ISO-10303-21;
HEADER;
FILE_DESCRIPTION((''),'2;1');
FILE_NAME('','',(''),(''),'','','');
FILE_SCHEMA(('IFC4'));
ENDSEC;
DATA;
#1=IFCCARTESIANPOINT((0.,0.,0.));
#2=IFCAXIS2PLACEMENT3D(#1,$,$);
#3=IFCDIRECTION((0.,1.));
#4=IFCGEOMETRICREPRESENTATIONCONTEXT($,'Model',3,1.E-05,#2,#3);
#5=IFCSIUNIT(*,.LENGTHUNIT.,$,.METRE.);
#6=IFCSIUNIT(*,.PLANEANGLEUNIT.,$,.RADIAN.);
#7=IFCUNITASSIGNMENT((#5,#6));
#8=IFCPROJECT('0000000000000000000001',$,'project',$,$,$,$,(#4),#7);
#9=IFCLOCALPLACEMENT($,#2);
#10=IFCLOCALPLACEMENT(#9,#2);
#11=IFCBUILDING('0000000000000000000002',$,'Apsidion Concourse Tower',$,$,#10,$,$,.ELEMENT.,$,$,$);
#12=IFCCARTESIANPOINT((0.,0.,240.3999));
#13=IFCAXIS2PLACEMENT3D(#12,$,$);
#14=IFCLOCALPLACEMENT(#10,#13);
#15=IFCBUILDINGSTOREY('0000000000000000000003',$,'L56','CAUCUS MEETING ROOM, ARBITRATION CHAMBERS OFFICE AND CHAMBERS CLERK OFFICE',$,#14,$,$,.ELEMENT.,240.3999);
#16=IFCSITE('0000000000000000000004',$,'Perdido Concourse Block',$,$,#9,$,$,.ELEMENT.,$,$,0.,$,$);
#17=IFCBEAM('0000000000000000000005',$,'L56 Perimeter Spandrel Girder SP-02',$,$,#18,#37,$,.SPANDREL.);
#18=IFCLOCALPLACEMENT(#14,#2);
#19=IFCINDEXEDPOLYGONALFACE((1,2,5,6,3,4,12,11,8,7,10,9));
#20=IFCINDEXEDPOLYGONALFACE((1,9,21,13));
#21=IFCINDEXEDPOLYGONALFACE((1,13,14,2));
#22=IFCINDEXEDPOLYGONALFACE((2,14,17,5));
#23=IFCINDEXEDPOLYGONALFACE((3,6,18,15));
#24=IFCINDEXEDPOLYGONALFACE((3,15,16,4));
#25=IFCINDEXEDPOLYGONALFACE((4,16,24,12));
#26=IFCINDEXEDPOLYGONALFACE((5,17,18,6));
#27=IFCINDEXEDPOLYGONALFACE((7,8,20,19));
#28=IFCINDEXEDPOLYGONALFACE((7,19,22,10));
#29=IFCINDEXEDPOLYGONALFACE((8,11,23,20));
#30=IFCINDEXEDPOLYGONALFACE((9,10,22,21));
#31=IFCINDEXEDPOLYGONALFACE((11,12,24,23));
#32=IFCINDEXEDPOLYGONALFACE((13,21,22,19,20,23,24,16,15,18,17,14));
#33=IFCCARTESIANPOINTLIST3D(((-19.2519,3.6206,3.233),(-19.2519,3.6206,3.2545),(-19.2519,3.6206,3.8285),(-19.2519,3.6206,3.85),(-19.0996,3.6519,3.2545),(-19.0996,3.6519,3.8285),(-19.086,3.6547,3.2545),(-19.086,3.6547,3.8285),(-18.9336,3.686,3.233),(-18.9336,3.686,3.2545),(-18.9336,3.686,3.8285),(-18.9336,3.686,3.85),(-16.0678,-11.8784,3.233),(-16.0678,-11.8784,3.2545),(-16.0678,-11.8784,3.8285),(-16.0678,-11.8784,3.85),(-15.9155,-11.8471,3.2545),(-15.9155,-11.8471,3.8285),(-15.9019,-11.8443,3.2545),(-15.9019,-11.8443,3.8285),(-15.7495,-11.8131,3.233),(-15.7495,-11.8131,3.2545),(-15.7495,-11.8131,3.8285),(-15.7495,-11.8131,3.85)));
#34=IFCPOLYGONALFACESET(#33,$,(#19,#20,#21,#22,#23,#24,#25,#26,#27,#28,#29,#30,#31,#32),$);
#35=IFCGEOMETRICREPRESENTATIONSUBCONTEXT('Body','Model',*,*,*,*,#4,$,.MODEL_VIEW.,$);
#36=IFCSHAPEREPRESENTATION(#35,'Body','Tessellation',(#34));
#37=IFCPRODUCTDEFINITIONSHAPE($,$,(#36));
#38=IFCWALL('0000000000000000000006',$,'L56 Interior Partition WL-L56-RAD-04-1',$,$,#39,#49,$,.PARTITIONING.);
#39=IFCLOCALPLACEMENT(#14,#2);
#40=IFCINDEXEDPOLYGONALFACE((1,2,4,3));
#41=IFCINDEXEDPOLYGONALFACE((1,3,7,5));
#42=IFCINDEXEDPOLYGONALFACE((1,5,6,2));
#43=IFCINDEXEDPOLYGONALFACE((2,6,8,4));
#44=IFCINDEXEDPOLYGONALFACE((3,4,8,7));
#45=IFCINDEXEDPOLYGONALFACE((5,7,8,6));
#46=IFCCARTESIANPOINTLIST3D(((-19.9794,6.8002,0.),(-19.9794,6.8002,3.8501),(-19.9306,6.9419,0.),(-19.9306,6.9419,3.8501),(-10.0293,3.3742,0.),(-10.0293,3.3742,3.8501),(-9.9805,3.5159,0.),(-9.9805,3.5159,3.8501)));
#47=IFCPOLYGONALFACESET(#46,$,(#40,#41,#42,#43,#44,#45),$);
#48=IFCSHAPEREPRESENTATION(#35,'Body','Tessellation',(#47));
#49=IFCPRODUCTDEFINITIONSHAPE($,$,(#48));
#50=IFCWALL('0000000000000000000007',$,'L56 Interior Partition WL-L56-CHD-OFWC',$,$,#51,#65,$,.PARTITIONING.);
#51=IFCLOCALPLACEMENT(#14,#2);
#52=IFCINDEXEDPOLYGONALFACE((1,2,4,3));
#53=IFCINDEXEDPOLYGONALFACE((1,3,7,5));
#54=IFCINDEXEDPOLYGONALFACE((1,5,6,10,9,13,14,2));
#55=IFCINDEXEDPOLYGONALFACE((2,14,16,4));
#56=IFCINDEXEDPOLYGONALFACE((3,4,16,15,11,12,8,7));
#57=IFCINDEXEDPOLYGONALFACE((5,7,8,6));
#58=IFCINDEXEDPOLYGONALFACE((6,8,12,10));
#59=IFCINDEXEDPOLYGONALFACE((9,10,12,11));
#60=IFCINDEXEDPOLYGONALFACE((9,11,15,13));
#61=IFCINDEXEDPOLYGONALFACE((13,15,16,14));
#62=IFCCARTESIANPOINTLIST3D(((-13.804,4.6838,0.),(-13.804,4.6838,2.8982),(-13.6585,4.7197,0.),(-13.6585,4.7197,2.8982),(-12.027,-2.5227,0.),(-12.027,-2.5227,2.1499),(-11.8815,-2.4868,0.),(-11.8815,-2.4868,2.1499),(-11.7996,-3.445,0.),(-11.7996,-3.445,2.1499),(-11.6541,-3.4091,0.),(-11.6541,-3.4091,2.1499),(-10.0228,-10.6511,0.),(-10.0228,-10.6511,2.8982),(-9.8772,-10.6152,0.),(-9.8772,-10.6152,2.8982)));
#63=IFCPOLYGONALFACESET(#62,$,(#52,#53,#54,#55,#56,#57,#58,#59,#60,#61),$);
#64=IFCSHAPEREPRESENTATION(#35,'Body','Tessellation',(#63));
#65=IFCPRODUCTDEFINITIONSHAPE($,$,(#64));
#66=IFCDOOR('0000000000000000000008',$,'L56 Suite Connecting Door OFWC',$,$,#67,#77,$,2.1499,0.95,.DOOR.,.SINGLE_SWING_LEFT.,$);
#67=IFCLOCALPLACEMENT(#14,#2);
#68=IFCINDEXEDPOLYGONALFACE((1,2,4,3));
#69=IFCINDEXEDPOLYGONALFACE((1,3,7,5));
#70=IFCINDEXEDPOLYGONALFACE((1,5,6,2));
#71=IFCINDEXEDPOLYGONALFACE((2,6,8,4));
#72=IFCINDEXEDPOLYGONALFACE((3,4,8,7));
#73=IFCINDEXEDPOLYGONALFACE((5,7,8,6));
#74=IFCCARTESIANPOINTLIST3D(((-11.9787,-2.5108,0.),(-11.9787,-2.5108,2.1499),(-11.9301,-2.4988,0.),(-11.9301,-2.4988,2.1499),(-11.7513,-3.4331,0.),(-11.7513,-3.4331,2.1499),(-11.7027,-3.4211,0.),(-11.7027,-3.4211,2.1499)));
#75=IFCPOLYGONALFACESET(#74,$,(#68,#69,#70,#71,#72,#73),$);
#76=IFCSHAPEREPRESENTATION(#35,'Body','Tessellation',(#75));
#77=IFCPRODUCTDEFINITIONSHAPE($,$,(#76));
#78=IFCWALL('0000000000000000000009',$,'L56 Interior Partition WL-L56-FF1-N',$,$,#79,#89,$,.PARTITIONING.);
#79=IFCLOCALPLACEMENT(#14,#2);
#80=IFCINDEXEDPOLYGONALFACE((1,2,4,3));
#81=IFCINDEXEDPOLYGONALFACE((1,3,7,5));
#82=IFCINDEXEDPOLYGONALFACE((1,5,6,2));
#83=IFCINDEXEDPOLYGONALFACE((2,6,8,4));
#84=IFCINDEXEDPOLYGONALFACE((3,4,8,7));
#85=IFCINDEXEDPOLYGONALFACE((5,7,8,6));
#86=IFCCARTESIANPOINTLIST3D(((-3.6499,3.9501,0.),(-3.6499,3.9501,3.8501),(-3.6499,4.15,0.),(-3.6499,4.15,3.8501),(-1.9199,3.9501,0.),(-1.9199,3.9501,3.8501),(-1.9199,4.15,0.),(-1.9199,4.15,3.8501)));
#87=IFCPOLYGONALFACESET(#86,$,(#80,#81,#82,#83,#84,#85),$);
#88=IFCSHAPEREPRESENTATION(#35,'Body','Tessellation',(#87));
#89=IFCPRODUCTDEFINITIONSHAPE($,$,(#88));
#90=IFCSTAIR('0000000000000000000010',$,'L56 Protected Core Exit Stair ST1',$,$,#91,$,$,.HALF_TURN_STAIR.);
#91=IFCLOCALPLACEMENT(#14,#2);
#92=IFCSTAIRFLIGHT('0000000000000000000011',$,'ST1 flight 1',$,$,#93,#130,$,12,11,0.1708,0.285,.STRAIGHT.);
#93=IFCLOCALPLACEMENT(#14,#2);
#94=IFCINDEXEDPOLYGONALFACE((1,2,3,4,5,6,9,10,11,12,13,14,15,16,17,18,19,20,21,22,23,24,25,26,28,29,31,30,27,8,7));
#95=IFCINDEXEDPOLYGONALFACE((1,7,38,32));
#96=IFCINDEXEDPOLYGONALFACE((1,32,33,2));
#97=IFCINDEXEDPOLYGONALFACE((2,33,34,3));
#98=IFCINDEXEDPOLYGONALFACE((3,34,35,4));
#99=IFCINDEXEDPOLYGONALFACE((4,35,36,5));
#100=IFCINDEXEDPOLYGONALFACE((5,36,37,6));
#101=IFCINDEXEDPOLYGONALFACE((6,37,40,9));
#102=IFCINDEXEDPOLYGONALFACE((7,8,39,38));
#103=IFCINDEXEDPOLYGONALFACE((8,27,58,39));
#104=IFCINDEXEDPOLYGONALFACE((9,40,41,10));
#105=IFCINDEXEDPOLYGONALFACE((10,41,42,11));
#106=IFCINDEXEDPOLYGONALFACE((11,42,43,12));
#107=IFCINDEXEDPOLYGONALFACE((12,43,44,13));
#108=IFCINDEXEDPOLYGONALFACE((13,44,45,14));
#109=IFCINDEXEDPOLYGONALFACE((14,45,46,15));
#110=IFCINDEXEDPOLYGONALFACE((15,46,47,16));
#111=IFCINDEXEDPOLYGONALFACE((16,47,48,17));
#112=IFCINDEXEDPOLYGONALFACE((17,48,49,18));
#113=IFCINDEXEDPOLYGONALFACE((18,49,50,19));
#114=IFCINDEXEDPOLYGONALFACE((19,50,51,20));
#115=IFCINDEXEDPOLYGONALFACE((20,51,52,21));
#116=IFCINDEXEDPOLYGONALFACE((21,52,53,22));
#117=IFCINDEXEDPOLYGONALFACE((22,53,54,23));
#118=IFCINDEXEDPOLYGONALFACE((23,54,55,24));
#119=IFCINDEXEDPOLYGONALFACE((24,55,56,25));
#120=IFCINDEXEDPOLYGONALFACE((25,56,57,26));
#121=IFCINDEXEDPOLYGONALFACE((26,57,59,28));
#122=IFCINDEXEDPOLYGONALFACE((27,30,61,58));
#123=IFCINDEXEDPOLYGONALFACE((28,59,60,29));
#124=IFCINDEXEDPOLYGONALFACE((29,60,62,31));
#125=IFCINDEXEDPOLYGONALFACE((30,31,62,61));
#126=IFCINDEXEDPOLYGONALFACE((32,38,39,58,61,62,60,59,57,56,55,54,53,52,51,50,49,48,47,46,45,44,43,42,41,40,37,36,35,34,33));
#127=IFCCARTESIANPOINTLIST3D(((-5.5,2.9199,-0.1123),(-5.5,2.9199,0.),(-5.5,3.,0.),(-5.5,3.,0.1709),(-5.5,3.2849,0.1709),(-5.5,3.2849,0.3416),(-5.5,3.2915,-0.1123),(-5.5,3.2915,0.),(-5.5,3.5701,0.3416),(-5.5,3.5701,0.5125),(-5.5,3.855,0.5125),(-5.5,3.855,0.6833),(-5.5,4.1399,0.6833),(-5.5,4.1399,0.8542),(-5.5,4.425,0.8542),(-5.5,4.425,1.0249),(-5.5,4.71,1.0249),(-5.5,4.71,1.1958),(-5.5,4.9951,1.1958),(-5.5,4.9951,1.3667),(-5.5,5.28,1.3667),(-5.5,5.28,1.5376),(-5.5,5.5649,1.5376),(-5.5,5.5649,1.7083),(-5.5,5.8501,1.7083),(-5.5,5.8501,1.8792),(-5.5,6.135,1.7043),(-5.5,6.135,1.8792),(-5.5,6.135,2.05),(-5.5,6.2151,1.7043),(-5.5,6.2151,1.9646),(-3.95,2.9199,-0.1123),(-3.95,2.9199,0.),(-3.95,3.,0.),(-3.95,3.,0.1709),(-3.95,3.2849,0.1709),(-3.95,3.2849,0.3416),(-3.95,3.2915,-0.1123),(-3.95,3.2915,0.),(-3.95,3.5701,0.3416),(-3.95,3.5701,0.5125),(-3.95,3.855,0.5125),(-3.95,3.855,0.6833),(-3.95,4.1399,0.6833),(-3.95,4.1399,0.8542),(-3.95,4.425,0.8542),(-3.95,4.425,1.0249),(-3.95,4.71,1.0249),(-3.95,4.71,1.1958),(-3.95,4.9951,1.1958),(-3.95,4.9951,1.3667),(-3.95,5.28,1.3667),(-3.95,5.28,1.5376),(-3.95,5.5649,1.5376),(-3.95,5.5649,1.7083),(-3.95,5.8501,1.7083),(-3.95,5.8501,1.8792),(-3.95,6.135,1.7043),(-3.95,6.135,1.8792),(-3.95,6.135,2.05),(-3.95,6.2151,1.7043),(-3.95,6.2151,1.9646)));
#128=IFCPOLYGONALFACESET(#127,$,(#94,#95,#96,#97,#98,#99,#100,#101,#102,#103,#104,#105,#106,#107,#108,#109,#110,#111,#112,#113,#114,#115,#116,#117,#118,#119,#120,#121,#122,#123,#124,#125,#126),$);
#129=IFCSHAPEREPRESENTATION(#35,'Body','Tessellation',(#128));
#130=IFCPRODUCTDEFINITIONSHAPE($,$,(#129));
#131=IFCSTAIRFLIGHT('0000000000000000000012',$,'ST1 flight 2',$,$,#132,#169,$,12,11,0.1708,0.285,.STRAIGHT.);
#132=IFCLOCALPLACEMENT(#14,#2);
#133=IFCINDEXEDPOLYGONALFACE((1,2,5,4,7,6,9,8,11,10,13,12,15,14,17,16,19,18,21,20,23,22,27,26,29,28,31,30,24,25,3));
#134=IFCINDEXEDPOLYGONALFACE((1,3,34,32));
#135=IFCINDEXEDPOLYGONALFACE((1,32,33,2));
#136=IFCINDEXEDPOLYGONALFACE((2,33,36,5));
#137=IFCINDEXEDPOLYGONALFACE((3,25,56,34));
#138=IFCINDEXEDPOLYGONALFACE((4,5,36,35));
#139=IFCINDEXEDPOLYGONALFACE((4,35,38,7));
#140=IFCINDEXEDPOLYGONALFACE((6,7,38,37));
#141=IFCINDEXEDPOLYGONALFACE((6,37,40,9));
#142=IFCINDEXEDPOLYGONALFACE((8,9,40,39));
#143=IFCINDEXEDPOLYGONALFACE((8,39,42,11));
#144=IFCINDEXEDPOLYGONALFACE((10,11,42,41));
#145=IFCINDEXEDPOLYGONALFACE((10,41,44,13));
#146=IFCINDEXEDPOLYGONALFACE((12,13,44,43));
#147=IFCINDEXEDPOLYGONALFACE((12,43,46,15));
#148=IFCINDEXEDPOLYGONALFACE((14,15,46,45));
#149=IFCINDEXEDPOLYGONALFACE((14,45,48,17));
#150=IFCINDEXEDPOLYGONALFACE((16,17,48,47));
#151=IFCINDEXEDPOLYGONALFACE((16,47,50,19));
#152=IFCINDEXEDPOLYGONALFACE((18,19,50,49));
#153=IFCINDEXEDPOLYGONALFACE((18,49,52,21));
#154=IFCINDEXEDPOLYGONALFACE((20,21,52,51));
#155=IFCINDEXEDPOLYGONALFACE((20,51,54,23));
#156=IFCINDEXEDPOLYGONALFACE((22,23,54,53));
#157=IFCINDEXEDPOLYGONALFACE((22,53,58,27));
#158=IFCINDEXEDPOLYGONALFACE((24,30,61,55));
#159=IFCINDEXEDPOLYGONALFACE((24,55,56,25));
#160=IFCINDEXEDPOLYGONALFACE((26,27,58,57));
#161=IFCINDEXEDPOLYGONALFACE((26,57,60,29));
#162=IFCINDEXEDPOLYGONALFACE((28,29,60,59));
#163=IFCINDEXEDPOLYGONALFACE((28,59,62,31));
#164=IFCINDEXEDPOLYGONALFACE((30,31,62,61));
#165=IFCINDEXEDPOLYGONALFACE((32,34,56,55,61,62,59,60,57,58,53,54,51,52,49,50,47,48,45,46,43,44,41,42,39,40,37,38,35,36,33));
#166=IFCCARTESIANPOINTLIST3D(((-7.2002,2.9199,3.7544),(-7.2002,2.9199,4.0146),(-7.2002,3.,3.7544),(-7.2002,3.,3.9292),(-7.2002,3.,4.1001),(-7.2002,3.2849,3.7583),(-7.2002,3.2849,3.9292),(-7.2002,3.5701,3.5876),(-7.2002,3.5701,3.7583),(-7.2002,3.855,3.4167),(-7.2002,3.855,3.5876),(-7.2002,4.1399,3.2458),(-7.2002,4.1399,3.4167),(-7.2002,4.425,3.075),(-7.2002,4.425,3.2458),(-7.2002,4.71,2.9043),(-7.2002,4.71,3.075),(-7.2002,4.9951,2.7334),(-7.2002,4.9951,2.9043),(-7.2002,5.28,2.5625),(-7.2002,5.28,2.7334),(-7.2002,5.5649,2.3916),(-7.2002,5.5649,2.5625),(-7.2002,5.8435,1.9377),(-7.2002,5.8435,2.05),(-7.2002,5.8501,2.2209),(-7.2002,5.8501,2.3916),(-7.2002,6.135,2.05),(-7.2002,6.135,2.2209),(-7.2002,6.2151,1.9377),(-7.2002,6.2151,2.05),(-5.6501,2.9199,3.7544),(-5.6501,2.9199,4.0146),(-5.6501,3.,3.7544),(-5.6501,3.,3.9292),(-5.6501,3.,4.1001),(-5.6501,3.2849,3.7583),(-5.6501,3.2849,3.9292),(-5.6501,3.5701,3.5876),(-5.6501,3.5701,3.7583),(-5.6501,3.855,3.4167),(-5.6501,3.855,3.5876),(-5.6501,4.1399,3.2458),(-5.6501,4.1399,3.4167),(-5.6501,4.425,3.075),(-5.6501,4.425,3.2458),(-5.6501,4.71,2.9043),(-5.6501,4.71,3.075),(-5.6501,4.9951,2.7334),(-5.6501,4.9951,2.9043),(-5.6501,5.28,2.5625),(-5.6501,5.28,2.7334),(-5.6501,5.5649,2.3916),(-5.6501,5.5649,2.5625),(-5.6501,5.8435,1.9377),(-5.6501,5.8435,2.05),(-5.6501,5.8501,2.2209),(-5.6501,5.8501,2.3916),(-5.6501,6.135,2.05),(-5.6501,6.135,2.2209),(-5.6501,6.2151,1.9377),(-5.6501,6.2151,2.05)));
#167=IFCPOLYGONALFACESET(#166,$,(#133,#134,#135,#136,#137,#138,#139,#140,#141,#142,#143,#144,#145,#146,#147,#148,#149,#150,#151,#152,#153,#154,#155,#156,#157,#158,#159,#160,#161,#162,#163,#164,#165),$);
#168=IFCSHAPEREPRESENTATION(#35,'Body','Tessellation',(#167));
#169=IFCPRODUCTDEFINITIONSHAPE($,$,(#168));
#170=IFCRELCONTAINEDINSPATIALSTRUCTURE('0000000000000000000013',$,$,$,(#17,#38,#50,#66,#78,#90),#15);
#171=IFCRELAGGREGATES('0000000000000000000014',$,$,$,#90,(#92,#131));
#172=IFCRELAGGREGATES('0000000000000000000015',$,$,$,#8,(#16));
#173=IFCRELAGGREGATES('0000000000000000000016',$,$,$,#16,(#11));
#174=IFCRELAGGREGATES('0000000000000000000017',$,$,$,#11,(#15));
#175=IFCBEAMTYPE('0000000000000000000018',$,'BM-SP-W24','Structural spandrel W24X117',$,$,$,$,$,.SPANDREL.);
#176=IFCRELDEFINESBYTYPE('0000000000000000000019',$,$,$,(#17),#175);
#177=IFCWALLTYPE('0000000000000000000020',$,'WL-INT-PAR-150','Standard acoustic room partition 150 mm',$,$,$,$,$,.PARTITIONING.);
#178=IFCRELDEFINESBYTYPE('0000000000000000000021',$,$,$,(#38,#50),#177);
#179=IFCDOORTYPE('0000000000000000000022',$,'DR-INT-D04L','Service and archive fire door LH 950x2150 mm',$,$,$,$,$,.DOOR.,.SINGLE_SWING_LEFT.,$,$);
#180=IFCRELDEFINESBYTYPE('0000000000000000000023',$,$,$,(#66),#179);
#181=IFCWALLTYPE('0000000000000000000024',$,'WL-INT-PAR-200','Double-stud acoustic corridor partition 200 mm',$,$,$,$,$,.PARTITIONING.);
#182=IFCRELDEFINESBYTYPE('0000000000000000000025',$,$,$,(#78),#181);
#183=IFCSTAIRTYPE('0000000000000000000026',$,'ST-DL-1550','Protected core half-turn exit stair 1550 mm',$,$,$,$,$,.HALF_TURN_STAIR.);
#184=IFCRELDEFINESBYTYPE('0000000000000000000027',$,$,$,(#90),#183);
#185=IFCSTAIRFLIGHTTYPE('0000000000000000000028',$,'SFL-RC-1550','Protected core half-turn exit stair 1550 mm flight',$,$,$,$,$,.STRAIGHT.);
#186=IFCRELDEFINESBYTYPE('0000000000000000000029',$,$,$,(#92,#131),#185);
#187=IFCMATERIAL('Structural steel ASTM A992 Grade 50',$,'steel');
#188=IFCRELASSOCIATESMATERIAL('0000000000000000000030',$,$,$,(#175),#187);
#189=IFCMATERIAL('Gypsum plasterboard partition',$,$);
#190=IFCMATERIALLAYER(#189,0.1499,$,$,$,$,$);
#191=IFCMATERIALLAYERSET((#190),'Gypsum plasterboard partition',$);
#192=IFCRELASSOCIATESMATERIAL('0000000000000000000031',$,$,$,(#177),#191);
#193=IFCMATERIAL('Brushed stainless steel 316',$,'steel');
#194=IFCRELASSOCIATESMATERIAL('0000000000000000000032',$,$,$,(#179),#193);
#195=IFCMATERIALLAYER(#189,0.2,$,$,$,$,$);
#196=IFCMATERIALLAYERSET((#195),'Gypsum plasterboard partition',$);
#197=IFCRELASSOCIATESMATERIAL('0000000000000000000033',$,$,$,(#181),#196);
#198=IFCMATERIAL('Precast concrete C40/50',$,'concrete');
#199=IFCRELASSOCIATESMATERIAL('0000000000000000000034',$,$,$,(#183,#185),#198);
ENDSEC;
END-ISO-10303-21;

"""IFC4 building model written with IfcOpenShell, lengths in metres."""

from ifc_helpers import new_model, si_unit, direction, frame, frame_2d, origin, origin_2d, place, context, subcontext, project, spatial, polyline, rectangle, i_section, outline, extrude, material, layer, layer_set, material_profile, profile_set, type_object, element, fill, aggregate, save


model = new_model("IFC4")

# Units and contexts
model_context = context("Model", 3, precision=1e-05, world=origin(), true_north=direction((0.0, 1.0)))
body_context = subcontext(model_context, "Body", "Model", "MODEL_VIEW")
ifc_project = project(units=[si_unit("LENGTHUNIT", "METRE"), si_unit("PLANEANGLEUNIT", "RADIAN")], contexts=[model_context])

# Site, building, storey
site_placement = place(None, origin())
site = spatial("IfcSite", under=ifc_project, at=site_placement, Name="Perdido Concourse Block", CompositionType="ELEMENT", RefElevation=0.0)
building_placement = place(site_placement, origin())
building = spatial("IfcBuilding", under=site, at=building_placement, Name="Apsidion Concourse Tower", CompositionType="ELEMENT")
storey_placement = place(building_placement, frame((0.0, 0.0, 240.3999)))
storey = spatial("IfcBuildingStorey", under=building, at=storey_placement, Name="L56", Description="CAUCUS MEETING ROOM, ARBITRATION CHAMBERS OFFICE AND CHAMBERS CLERK OFFICE", CompositionType="ELEMENT", Elevation=240.3999)

# Shared definitions
ifc_material_1 = material(Name="Structural steel ASTM A992 Grade 50", Category="steel")

# Beam
ifc_material_profile_1 = material_profile(ifc_material_1, i_section(OverallWidth=0.325, OverallDepth=0.6169, WebThickness=0.0139, FlangeThickness=0.0215, at=origin_2d()), Name="W24X117")
ifc_profile_set_1 = profile_set([ifc_material_profile_1], Name="Structural steel ASTM A992 Grade 50")
beam_type_1 = type_object("IfcBeamType", Name="BM-SP-W24", Description="Structural spandrel W24X117", PredefinedType="SPANDREL", material=ifc_profile_set_1)
beam_1_placement = place(storey_placement, frame((-19.0928, 3.6533, 3.5415), z_axis=(0.201235, -0.979543, 0.0), x_axis=(0.979543, 0.201235, 0.0)))
element("IfcBeam", 1, at=beam_1_placement, inside=storey, type_object=beam_type_1, Name="L56 Perimeter Spandrel Girder SP-02", PredefinedType="SPANDREL", context=body_context, shape_type="SweptSolid", body=[
    extrude(i_section(OverallWidth=0.325, OverallDepth=0.6169, WebThickness=0.0139, FlangeThickness=0.0215, at=origin_2d()), origin(), (0.0, 0.0, 1.0), 15.8228),
])

# Wall
ifc_material_2 = material(Name="Gypsum plasterboard partition")
ifc_layer_1 = layer(ifc_material_2, 0.1499)
ifc_layer_set_1 = layer_set([ifc_layer_1], Name="Gypsum plasterboard partition")
wall_type_1 = type_object("IfcWallType", Name="WL-INT-PAR-150", Description="Standard acoustic room partition 150 mm", PredefinedType="PARTITIONING", material=ifc_layer_set_1)
wall_1_placement = place(storey_placement, frame((-10.0049, 3.4451, 0.0), z_axis=(0.0, 0.0, 1.0), x_axis=(-0.945522, 0.32556, 0.0)))
element("IfcWall", 2, at=wall_1_placement, inside=storey, type_object=wall_type_1, Name="L56 Interior Partition WL-L56-RAD-04-1", PredefinedType="PARTITIONING", context=body_context, shape_type="SweptSolid", body=[
    extrude(rectangle(XDim=10.5234, YDim=0.1499, at=frame_2d((5.2617, 0.0))), origin(), (0.0, 0.0, 1.0), 3.8501),
])

# Wall, opening, door
wall_2_placement = place(storey_placement, frame((-13.7312, 4.7017, 0.0), z_axis=(0.0, 0.0, 1.0), x_axis=(0.239406, -0.970919, 0.0)))
wall_2 = element("IfcWall", 3, at=wall_2_placement, inside=storey, type_object=wall_type_1, Name="L56 Interior Partition WL-L56-CHD-OFWC", PredefinedType="PARTITIONING", context=body_context, shape_type="SweptSolid", body=[
    extrude(rectangle(XDim=15.7942, YDim=0.1499, at=frame_2d((7.897, 0.0))), origin(), (0.0, 0.0, 1.0), 2.8982),
])
opening_placement = place(wall_2_placement, frame((7.4221, 0.0, 0.0)))
opening = element("IfcOpeningElement", 4, at=opening_placement, cuts=wall_2, PredefinedType="OPENING", context=body_context, shape_type="SweptSolid", body=[
    extrude(rectangle(XDim=0.95, YDim=2.1499, at=frame_2d((0.4751, 1.075))), frame((0.0, 0.085, 0.0), z_axis=(0.0, -1.0, 0.0), x_axis=(1.0, 0.0, 0.0)), (0.0, 0.0, 1.0), 0.1699),
])
ifc_material_3 = material(Name="Brushed stainless steel 316", Category="steel")
door_type = type_object("IfcDoorType", Name="DR-INT-D04L", Description="Service and archive fire door LH 950x2150 mm", OperationType="SINGLE_SWING_LEFT", PredefinedType="DOOR", material=ifc_material_3)
door_placement = place(opening_placement, origin())
door = element("IfcDoor", 5, at=door_placement, inside=storey, type_object=door_type, Name="L56 Suite Connecting Door OFWC", OperationType="SINGLE_SWING_LEFT", OverallHeight=2.1499, OverallWidth=0.95, PredefinedType="DOOR", context=body_context, shape_type="SweptSolid", body=[
    extrude(rectangle(XDim=0.95, YDim=2.1499, at=frame_2d((0.4751, 1.075))), frame((0.0, 0.0249, 0.0), z_axis=(0.0, -1.0, 0.0), x_axis=(1.0, 0.0, 0.0)), (0.0, 0.0, 1.0), 0.05),
])
fill(opening, door)

# Wall
ifc_layer_2 = layer(ifc_material_2, 0.2)
ifc_layer_set_2 = layer_set([ifc_layer_2], Name="Gypsum plasterboard partition")
wall_type_2 = type_object("IfcWallType", Name="WL-INT-PAR-200", Description="Double-stud acoustic corridor partition 200 mm", PredefinedType="PARTITIONING", material=ifc_layer_set_2)
wall_3_placement = place(storey_placement, frame((-3.6499, 4.05, 0.0), z_axis=(0.0, 0.0, 1.0), x_axis=(1.0, 0.0, 0.0)))
element("IfcWall", 6, at=wall_3_placement, inside=storey, type_object=wall_type_2, Name="L56 Interior Partition WL-L56-FF1-N", PredefinedType="PARTITIONING", context=body_context, shape_type="SweptSolid", body=[
    extrude(rectangle(XDim=1.73, YDim=0.2, at=frame_2d((0.865, 0.0))), origin(), (0.0, 0.0, 1.0), 3.8501),
])

# Stair, stair flights
ifc_material_4 = material(Name="Precast concrete C40/50", Category="concrete")
stair_type = type_object("IfcStairType", Name="ST-DL-1550", Description="Protected core half-turn exit stair 1550 mm", PredefinedType="HALF_TURN_STAIR", material=ifc_material_4)
stair_placement = place(storey_placement, origin())
stair = element("IfcStair", 7, at=stair_placement, inside=storey, type_object=stair_type, Name="L56 Protected Core Exit Stair ST1", PredefinedType="HALF_TURN_STAIR")
stair_flight_type = type_object("IfcStairFlightType", Name="SFL-RC-1550", Description="Protected core half-turn exit stair 1550 mm flight", PredefinedType="STRAIGHT", material=ifc_material_4)
stair_flight_1_placement = place(storey_placement, frame((-4.7251, 3.0, 0.0), z_axis=(0.0, 0.0, 1.0), x_axis=(0.0, 1.0, 0.0)))
stair_flight_1 = element("IfcStairFlight", 8, at=stair_flight_1_placement, type_object=stair_flight_type, Name="ST1 flight 1", NumberOfRisers=12, NumberOfTreads=11, PredefinedType="STRAIGHT", RiserHeight=0.1708, TreadLength=0.285, context=body_context, shape_type="SweptSolid", body=[
    extrude(outline(polyline([(-0.0801, -0.1123), (-0.0801, 0.0), (0.0, 0.0), (0.0, 0.1709), (0.2849, 0.1709), (0.2849, 0.3416), (0.5701, 0.3416), (0.5701, 0.5125), (0.855, 0.5125), (0.855, 0.6833), (1.1399, 0.6833), (1.1399, 0.8542), (1.425, 0.8542), (1.425, 1.0249), (1.71, 1.0249), (1.71, 1.1958), (1.9951, 1.1958), (1.9951, 1.3667), (2.28, 1.3667), (2.28, 1.5376), (2.5649, 1.5376), (2.5649, 1.7083), (2.8501, 1.7083), (2.8501, 1.8792), (3.135, 1.8792), (3.135, 2.05), (3.2151, 1.9646), (3.2151, 1.7043), (3.135, 1.7043), (0.2915, 0.0), (0.2915, -0.1123), (-0.0801, -0.1123)])), frame((0.0, 0.7749, 0.0), z_axis=(0.0, -1.0, 0.0), x_axis=(1.0, 0.0, 0.0)), (0.0, 0.0, 1.0), 1.55),
])
stair_flight_2_placement = place(storey_placement, frame((-6.425, 6.135, 2.05), z_axis=(0.0, 0.0, 1.0), x_axis=(0.0, -1.0, 0.0)))
stair_flight_2 = element("IfcStairFlight", 9, at=stair_flight_2_placement, type_object=stair_flight_type, Name="ST1 flight 2", NumberOfRisers=12, NumberOfTreads=11, PredefinedType="STRAIGHT", RiserHeight=0.1708, TreadLength=0.285, context=body_context, shape_type="SweptSolid", body=[
    extrude(outline(polyline([(-0.0801, -0.1123), (-0.0801, 0.0), (0.0, 0.0), (0.0, 0.1709), (0.2849, 0.1709), (0.2849, 0.3416), (0.5701, 0.3416), (0.5701, 0.5125), (0.855, 0.5125), (0.855, 0.6833), (1.1399, 0.6833), (1.1399, 0.8542), (1.425, 0.8542), (1.425, 1.0249), (1.71, 1.0249), (1.71, 1.1958), (1.9951, 1.1958), (1.9951, 1.3667), (2.28, 1.3667), (2.28, 1.5376), (2.5649, 1.5376), (2.5649, 1.7083), (2.8501, 1.7083), (2.8501, 1.8792), (3.135, 1.8792), (3.135, 2.05), (3.2151, 1.9646), (3.2151, 1.7043), (3.135, 1.7043), (0.2915, 0.0), (0.2915, -0.1123), (-0.0801, -0.1123)])), frame((0.0, 0.7749, 0.0), z_axis=(0.0, -1.0, 0.0), x_axis=(1.0, 0.0, 0.0)), (0.0, 0.0, 1.0), 1.55),
])
aggregate(stair, [stair_flight_1, stair_flight_2])

save(model, "model.ifc")
